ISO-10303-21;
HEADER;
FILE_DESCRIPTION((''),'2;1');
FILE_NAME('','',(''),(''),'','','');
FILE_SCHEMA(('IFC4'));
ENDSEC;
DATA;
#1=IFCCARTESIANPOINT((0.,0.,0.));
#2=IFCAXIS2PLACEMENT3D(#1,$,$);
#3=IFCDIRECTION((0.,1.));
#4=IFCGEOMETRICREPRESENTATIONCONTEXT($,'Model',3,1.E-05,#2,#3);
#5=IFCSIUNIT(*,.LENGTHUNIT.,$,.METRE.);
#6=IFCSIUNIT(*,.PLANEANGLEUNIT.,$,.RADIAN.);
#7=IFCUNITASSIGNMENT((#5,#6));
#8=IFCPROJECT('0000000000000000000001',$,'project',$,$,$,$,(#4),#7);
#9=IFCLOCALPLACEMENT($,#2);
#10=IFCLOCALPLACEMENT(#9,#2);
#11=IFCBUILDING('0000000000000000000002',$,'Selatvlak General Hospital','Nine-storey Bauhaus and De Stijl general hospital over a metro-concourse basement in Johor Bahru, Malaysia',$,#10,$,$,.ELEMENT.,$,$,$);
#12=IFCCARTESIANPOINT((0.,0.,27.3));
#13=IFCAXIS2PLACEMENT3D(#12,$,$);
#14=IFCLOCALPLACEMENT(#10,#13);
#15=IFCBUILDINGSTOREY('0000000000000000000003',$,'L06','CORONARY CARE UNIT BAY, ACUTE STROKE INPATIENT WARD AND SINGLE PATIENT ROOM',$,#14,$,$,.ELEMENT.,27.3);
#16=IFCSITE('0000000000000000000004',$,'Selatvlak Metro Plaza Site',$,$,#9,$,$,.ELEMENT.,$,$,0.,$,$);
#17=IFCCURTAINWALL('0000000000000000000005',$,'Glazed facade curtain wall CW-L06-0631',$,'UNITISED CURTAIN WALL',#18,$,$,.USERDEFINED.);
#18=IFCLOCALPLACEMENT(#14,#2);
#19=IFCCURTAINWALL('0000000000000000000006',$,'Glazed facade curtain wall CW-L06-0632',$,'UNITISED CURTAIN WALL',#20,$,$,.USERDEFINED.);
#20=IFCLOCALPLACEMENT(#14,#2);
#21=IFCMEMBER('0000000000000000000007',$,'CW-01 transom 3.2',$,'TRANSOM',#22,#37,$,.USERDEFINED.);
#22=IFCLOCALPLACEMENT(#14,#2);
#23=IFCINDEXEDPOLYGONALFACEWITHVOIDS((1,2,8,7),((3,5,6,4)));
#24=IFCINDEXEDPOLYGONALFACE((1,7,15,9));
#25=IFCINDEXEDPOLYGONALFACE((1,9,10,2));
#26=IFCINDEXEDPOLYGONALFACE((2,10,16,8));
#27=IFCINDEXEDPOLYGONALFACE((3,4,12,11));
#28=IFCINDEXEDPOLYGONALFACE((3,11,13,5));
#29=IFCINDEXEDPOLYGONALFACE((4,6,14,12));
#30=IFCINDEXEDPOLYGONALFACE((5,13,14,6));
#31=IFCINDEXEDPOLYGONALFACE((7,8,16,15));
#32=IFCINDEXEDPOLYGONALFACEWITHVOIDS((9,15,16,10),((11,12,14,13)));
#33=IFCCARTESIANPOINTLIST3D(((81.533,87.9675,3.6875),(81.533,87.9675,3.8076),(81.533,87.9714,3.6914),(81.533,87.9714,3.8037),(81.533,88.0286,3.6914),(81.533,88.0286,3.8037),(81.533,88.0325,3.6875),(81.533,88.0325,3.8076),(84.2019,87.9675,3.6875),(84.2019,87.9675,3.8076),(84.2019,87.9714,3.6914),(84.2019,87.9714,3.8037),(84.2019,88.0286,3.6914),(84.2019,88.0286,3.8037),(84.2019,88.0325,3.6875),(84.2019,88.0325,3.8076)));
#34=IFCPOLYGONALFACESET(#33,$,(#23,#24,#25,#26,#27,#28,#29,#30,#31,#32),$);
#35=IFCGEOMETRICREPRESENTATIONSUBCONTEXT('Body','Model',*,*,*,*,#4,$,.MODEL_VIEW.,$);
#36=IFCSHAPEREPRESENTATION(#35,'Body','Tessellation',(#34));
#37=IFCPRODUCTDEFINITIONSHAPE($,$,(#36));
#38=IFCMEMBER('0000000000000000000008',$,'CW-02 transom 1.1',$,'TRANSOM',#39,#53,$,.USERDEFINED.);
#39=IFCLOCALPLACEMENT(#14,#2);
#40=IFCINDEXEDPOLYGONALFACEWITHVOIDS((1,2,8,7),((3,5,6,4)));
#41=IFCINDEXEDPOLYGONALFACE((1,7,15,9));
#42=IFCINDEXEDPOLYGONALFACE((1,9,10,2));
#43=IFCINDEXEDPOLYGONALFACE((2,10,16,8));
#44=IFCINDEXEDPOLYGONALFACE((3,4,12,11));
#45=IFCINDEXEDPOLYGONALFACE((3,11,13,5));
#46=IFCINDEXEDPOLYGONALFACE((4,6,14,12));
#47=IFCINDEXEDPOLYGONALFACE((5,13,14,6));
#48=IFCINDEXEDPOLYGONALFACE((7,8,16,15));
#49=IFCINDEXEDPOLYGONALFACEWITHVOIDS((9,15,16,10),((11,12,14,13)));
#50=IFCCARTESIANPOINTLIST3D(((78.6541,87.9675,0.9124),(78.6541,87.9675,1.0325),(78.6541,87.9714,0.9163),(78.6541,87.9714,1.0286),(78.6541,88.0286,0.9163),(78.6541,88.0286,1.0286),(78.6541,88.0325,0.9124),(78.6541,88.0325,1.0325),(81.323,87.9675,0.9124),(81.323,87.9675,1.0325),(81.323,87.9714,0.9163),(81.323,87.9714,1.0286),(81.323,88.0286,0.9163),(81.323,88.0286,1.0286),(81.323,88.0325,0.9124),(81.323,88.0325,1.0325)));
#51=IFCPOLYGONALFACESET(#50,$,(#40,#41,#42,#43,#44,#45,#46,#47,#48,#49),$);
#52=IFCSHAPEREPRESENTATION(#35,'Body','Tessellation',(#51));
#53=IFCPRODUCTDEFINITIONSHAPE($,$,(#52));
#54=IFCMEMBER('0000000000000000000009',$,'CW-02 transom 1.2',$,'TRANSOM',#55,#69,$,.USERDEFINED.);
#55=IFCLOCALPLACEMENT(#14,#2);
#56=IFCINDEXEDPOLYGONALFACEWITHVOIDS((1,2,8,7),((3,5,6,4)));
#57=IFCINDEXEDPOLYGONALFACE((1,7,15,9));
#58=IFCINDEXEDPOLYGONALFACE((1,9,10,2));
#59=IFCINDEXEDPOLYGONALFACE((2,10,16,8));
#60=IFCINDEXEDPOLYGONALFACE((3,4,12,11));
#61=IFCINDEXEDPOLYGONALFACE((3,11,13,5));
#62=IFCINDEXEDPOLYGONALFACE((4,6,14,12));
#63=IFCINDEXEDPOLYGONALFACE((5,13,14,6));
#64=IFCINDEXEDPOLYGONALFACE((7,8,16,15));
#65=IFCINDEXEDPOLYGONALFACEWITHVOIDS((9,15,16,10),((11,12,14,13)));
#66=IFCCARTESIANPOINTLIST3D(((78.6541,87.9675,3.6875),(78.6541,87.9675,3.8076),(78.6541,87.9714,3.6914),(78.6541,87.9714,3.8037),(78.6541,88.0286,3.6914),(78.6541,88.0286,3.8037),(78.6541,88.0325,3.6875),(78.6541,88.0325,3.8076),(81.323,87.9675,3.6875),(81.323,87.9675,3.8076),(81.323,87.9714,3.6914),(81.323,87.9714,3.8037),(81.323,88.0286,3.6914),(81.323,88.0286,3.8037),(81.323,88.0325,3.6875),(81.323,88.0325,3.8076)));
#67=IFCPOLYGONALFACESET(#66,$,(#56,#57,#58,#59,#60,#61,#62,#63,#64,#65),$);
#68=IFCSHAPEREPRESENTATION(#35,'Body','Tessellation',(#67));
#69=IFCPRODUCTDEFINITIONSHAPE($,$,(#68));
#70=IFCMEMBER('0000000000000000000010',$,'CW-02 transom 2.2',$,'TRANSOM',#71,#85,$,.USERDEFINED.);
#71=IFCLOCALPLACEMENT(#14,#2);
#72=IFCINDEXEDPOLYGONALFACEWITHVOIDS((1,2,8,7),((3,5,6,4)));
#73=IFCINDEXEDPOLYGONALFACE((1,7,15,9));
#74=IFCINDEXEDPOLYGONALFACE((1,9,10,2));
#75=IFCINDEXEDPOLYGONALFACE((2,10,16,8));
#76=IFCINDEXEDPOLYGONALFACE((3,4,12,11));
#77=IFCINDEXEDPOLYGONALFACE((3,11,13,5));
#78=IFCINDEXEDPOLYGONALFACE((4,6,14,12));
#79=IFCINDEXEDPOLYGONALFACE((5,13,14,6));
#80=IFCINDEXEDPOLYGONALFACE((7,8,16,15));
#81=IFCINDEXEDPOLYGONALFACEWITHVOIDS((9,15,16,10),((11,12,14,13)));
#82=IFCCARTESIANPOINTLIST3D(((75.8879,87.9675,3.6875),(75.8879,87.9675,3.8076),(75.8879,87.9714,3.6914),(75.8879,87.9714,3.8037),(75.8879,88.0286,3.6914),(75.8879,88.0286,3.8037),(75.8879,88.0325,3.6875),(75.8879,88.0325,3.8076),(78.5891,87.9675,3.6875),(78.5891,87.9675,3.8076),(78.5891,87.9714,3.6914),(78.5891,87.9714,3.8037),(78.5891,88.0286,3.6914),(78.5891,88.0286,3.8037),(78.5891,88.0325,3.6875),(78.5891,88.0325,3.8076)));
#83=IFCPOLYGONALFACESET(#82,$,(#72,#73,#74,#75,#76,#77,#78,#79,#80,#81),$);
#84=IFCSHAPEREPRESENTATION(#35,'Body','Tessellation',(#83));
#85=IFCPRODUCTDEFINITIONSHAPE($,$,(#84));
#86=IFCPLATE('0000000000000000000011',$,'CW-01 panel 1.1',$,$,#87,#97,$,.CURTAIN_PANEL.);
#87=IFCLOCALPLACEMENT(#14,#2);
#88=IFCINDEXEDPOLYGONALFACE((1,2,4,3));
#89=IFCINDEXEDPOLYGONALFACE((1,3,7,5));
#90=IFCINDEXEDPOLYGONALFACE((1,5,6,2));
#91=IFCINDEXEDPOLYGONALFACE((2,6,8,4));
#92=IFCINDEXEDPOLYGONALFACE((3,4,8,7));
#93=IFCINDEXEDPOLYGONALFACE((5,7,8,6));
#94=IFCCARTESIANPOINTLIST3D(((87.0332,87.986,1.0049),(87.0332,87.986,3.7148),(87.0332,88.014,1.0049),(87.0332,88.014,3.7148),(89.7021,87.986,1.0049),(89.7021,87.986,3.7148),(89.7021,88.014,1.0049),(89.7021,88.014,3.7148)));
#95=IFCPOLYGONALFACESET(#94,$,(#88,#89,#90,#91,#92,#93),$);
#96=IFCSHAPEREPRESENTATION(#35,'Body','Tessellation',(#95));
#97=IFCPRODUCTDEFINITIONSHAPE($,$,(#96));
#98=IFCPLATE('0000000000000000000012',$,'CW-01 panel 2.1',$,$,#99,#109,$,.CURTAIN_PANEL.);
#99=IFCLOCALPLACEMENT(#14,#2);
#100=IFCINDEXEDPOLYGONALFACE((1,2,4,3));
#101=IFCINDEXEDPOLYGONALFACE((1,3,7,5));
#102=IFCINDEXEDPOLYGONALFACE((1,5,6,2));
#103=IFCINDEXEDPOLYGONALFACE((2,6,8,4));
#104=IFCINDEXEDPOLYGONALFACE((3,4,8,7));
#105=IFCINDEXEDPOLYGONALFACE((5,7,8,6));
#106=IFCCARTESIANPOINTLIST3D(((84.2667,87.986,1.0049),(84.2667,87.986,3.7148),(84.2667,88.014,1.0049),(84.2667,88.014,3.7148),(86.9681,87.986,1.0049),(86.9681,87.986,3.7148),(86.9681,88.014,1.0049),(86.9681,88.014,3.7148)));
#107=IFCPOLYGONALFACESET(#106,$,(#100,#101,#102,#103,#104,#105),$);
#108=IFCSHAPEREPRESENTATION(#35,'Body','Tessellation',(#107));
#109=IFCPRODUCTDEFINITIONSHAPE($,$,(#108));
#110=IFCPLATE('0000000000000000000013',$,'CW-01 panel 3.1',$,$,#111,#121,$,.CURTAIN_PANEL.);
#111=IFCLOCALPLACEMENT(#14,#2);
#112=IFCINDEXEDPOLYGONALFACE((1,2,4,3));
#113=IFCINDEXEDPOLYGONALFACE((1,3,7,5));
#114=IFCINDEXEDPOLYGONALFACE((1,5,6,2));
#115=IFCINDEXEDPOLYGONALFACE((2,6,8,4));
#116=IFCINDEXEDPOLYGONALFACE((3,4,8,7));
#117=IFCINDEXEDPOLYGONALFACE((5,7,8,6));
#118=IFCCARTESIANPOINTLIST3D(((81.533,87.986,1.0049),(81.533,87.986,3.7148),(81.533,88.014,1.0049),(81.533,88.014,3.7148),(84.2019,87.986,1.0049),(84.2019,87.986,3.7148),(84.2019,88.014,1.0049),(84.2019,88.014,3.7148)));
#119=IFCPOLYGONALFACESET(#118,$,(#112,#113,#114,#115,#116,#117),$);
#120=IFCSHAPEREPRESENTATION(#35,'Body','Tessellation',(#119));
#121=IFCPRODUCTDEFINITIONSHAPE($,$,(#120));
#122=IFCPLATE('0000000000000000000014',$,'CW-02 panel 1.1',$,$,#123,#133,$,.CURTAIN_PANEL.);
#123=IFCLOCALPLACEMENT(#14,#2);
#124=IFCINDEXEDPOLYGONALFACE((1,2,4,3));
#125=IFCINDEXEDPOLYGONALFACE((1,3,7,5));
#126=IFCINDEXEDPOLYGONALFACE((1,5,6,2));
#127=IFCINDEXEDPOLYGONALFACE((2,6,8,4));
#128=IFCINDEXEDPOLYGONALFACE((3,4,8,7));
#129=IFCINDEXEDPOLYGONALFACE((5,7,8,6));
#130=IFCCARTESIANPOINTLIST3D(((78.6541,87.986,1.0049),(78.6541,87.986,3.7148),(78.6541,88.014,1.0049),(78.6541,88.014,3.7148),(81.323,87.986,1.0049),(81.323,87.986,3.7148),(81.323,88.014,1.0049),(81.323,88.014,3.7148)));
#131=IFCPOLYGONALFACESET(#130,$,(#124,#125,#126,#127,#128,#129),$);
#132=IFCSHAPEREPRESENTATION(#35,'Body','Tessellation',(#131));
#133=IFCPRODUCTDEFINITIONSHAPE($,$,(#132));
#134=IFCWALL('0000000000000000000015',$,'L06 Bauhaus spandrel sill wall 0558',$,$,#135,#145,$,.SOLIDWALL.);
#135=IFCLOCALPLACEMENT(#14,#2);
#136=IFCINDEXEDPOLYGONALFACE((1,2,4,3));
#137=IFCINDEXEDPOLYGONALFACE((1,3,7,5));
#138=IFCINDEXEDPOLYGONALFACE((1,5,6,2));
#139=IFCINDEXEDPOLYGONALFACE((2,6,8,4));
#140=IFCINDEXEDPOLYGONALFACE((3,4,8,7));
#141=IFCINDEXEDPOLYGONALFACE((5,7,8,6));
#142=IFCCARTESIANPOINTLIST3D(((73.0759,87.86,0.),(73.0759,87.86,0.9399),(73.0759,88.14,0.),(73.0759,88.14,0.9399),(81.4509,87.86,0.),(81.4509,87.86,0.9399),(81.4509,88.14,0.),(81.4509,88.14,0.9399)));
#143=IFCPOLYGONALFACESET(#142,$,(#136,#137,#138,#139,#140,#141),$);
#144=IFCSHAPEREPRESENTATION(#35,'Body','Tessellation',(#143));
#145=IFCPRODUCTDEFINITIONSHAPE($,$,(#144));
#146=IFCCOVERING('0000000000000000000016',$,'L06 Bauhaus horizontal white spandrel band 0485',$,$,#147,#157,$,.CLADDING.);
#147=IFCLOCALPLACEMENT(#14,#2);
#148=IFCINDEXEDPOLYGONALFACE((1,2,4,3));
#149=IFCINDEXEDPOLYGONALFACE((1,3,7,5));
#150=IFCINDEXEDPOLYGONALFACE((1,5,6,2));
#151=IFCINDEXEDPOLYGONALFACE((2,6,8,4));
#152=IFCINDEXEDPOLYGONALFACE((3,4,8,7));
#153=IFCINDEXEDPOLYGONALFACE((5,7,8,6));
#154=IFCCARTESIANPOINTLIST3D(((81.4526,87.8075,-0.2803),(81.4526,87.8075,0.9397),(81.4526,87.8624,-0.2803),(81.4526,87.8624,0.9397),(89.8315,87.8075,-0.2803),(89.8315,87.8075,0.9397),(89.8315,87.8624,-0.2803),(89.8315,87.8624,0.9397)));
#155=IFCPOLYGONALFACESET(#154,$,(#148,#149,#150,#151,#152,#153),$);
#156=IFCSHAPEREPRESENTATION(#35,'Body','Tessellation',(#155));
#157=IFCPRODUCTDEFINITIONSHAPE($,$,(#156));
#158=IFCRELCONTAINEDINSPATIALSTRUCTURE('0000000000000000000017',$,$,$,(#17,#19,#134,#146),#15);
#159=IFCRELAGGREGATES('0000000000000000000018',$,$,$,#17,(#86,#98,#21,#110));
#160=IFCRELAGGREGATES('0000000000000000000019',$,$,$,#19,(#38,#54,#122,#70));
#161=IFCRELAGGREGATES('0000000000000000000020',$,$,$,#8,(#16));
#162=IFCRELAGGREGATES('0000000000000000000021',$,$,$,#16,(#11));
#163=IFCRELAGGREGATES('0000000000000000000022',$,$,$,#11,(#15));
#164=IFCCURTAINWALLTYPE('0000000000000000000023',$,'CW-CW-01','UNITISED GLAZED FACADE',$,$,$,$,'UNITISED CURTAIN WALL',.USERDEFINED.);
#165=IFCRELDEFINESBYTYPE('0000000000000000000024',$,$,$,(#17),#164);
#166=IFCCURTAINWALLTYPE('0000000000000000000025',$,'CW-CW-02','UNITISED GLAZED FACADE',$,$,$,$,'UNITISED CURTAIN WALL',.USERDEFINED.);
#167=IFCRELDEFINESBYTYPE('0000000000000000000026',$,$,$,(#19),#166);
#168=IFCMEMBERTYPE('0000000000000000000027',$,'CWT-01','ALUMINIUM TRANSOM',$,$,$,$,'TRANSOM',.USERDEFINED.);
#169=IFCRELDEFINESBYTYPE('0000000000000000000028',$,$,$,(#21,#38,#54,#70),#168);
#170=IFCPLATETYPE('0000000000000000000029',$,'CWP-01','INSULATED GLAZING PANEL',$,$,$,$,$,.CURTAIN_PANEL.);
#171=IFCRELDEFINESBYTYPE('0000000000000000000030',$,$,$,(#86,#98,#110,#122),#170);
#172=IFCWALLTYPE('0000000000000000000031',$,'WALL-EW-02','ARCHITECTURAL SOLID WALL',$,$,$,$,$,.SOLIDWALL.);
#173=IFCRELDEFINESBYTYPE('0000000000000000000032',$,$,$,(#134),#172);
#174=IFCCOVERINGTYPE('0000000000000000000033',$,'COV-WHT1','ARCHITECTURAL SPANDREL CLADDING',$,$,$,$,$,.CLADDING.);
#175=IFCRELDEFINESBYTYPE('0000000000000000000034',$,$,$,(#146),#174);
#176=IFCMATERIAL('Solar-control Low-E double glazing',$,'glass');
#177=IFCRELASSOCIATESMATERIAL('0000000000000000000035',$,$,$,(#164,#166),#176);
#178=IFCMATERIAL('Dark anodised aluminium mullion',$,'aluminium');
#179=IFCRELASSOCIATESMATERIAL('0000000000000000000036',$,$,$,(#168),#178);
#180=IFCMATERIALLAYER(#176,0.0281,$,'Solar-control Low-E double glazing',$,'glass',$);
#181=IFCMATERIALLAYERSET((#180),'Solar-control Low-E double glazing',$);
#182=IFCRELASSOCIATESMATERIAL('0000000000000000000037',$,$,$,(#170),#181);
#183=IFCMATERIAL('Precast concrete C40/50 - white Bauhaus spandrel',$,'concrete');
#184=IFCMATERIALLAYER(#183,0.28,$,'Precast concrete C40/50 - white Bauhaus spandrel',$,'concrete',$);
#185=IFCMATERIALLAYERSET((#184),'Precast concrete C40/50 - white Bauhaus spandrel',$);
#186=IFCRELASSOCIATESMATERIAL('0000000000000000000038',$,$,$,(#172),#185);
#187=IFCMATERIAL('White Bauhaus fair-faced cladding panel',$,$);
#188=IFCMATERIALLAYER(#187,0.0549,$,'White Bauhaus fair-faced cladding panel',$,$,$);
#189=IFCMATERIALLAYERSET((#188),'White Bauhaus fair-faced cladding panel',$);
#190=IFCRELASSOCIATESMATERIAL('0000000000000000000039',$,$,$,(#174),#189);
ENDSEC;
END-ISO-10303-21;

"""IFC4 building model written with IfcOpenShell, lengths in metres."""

from ifc_helpers import new_model, si_unit, direction, frame, frame_2d, origin, origin_2d, place, context, subcontext, project, spatial, rectangle, hollow_rectangle, extrude, material, layer, layer_set, material_profile, profile_set, type_object, element, aggregate, save


model = new_model("IFC4")

# Units and contexts
model_context = context("Model", 3, precision=1e-05, world=origin(), true_north=direction((0.0, 1.0)))
body_context = subcontext(model_context, "Body", "Model", "MODEL_VIEW")
ifc_project = project(units=[si_unit("LENGTHUNIT", "METRE"), si_unit("PLANEANGLEUNIT", "RADIAN")], contexts=[model_context])

# Site, building, storey
site_placement = place(None, origin())
site = spatial("IfcSite", under=ifc_project, at=site_placement, Name="Selatvlak Metro Plaza Site", CompositionType="ELEMENT", RefElevation=0.0)
building_placement = place(site_placement, origin())
building = spatial("IfcBuilding", under=site, at=building_placement, Name="Selatvlak General Hospital", Description="Nine-storey Bauhaus and De Stijl general hospital over a metro-concourse basement in Johor Bahru, Malaysia", CompositionType="ELEMENT")
storey_placement = place(building_placement, frame((0.0, 0.0, 27.3)))
storey = spatial("IfcBuildingStorey", under=building, at=storey_placement, Name="L06", Description="CORONARY CARE UNIT BAY, ACUTE STROKE INPATIENT WARD AND SINGLE PATIENT ROOM", CompositionType="ELEMENT", Elevation=27.3)

# Curtain walls
ifc_material_1 = material(Name="Solar-control Low-E double glazing", Category="glass")
curtain_wall_type_1 = type_object("IfcCurtainWallType", Name="CW-CW-01", Description="UNITISED GLAZED FACADE", ElementType="UNITISED CURTAIN WALL", PredefinedType="USERDEFINED", material=ifc_material_1)
curtain_wall_1_placement = place(storey_placement, origin())
curtain_wall_1 = element("IfcCurtainWall", 1, at=curtain_wall_1_placement, inside=storey, type_object=curtain_wall_type_1, Name="Glazed facade curtain wall CW-L06-0631", ObjectType="UNITISED CURTAIN WALL", PredefinedType="USERDEFINED")
ifc_material_2 = material(Name="Dark anodised aluminium mullion", Category="aluminium")
curtain_wall_type_2 = type_object("IfcCurtainWallType", Name="CW-CW-02", Description="UNITISED GLAZED FACADE", ElementType="UNITISED CURTAIN WALL", PredefinedType="USERDEFINED", material=ifc_material_1)
curtain_wall_2_placement = place(storey_placement, origin())
curtain_wall_2 = element("IfcCurtainWall", 2, at=curtain_wall_2_placement, inside=storey, type_object=curtain_wall_type_2, Name="Glazed facade curtain wall CW-L06-0632", ObjectType="UNITISED CURTAIN WALL", PredefinedType="USERDEFINED")

# Members
ifc_material_profile_1 = material_profile(ifc_material_2, hollow_rectangle(XDim=0.0649, YDim=0.1201, WallThickness=0.0039, at=origin_2d()), Name="AL-TRN 65x120x4")
ifc_profile_set_1 = profile_set([ifc_material_profile_1], Name="Dark anodised aluminium mullion")
member_type_1 = type_object("IfcMemberType", Name="CWT-01", Description="ALUMINIUM TRANSOM", ElementType="TRANSOM", PredefinedType="USERDEFINED", material=ifc_profile_set_1)
member_1_placement = place(storey_placement, frame((84.2019, 88.0, 3.7476), z_axis=(-1.0, 0.0, 0.0), x_axis=(0.0, -1.0, 0.0)))
member_1 = element("IfcMember", 3, at=member_1_placement, type_object=member_type_1, Name="CW-01 transom 3.2", ObjectType="TRANSOM", PredefinedType="USERDEFINED", context=body_context, shape_type="SweptSolid", body=[
    extrude(hollow_rectangle(XDim=0.0649, YDim=0.1201, WallThickness=0.0039, at=origin_2d()), origin(), (0.0, 0.0, 1.0), 2.6689),
])
member_2_placement = place(storey_placement, frame((81.323, 88.0, 0.9724), z_axis=(-1.0, 0.0, 0.0), x_axis=(0.0, -1.0, 0.0)))
member_2 = element("IfcMember", 4, at=member_2_placement, type_object=member_type_1, Name="CW-02 transom 1.1", ObjectType="TRANSOM", PredefinedType="USERDEFINED", context=body_context, shape_type="SweptSolid", body=[
    extrude(hollow_rectangle(XDim=0.0649, YDim=0.1201, WallThickness=0.0039, at=origin_2d()), origin(), (0.0, 0.0, 1.0), 2.6689),
])
member_3_placement = place(storey_placement, frame((81.323, 88.0, 3.7476), z_axis=(-1.0, 0.0, 0.0), x_axis=(0.0, -1.0, 0.0)))
member_3 = element("IfcMember", 5, at=member_3_placement, type_object=member_type_1, Name="CW-02 transom 1.2", ObjectType="TRANSOM", PredefinedType="USERDEFINED", context=body_context, shape_type="SweptSolid", body=[
    extrude(hollow_rectangle(XDim=0.0649, YDim=0.1201, WallThickness=0.0039, at=origin_2d()), origin(), (0.0, 0.0, 1.0), 2.6689),
])
member_4_placement = place(storey_placement, frame((78.5891, 88.0, 3.7476), z_axis=(-1.0, 0.0, 0.0), x_axis=(0.0, -1.0, 0.0)))
member_4 = element("IfcMember", 6, at=member_4_placement, type_object=member_type_1, Name="CW-02 transom 2.2", ObjectType="TRANSOM", PredefinedType="USERDEFINED", context=body_context, shape_type="SweptSolid", body=[
    extrude(hollow_rectangle(XDim=0.0649, YDim=0.1201, WallThickness=0.0039, at=origin_2d()), origin(), (0.0, 0.0, 1.0), 2.7012),
])

# Plates
ifc_layer_1 = layer(ifc_material_1, 0.0281, Name="Solar-control Low-E double glazing", Category="glass")
ifc_layer_set_1 = layer_set([ifc_layer_1], Name="Solar-control Low-E double glazing")
plate_type = type_object("IfcPlateType", Name="CWP-01", Description="INSULATED GLAZING PANEL", PredefinedType="CURTAIN_PANEL", material=ifc_layer_set_1)
plate_1_placement = place(storey_placement, frame((88.3677, 88.0, 1.0049), z_axis=(0.0, 0.0, 1.0), x_axis=(-1.0, 0.0, 0.0)))
plate_1 = element("IfcPlate", 7, at=plate_1_placement, type_object=plate_type, Name="CW-01 panel 1.1", PredefinedType="CURTAIN_PANEL", context=body_context, shape_type="SweptSolid", body=[
    extrude(rectangle(XDim=2.6689, YDim=0.0281, at=origin_2d()), origin(), (0.0, 0.0, 1.0), 2.71),
])
plate_2_placement = place(storey_placement, frame((85.6174, 88.0, 1.0049), z_axis=(0.0, 0.0, 1.0), x_axis=(-1.0, 0.0, 0.0)))
plate_2 = element("IfcPlate", 8, at=plate_2_placement, type_object=plate_type, Name="CW-01 panel 2.1", PredefinedType="CURTAIN_PANEL", context=body_context, shape_type="SweptSolid", body=[
    extrude(rectangle(XDim=2.7014, YDim=0.0281, at=origin_2d()), origin(), (0.0, 0.0, 1.0), 2.71),
])
plate_3_placement = place(storey_placement, frame((82.8674, 88.0, 1.0049), z_axis=(0.0, 0.0, 1.0), x_axis=(-1.0, 0.0, 0.0)))
plate_3 = element("IfcPlate", 9, at=plate_3_placement, type_object=plate_type, Name="CW-01 panel 3.1", PredefinedType="CURTAIN_PANEL", context=body_context, shape_type="SweptSolid", body=[
    extrude(rectangle(XDim=2.6689, YDim=0.0281, at=origin_2d()), origin(), (0.0, 0.0, 1.0), 2.71),
])
aggregate(curtain_wall_1, [plate_1, plate_2, member_1, plate_3])
plate_4_placement = place(storey_placement, frame((79.9885, 88.0, 1.0049), z_axis=(0.0, 0.0, 1.0), x_axis=(-1.0, 0.0, 0.0)))
plate_4 = element("IfcPlate", 10, at=plate_4_placement, type_object=plate_type, Name="CW-02 panel 1.1", PredefinedType="CURTAIN_PANEL", context=body_context, shape_type="SweptSolid", body=[
    extrude(rectangle(XDim=2.6689, YDim=0.0281, at=origin_2d()), origin(), (0.0, 0.0, 1.0), 2.71),
])
aggregate(curtain_wall_2, [member_2, member_3, plate_4, member_4])

# Wall
ifc_material_3 = material(Name="Precast concrete C40/50 - white Bauhaus spandrel", Category="concrete")
ifc_layer_2 = layer(ifc_material_3, 0.28, Name="Precast concrete C40/50 - white Bauhaus spandrel", Category="concrete")
ifc_layer_set_2 = layer_set([ifc_layer_2], Name="Precast concrete C40/50 - white Bauhaus spandrel")
wall_type = type_object("IfcWallType", Name="WALL-EW-02", Description="ARCHITECTURAL SOLID WALL", PredefinedType="SOLIDWALL", material=ifc_layer_set_2)
wall_placement = place(storey_placement, frame((81.4509, 88.0, 0.0), z_axis=(0.0, 0.0, 1.0), x_axis=(-1.0, 0.0, 0.0)))
element("IfcWall", 11, at=wall_placement, inside=storey, type_object=wall_type, Name="L06 Bauhaus spandrel sill wall 0558", PredefinedType="SOLIDWALL", context=body_context, shape_type="SweptSolid", body=[
    extrude(rectangle(XDim=8.375, YDim=0.28, at=frame_2d((4.1875, 0.0))), origin(), (0.0, 0.0, 1.0), 0.9399),
])

# Covering
ifc_material_4 = material(Name="White Bauhaus fair-faced cladding panel")
ifc_layer_3 = layer(ifc_material_4, 0.0549, Name="White Bauhaus fair-faced cladding panel")
ifc_layer_set_3 = layer_set([ifc_layer_3], Name="White Bauhaus fair-faced cladding panel")
covering_type = type_object("IfcCoveringType", Name="COV-WHT1", Description="ARCHITECTURAL SPANDREL CLADDING", PredefinedType="CLADDING", material=ifc_layer_set_3)
covering_placement = place(storey_placement, frame((85.6421, 87.835, -0.2803), z_axis=(0.0, 0.0, 1.0), x_axis=(-1.0, 0.0, 0.0)))
element("IfcCovering", 12, at=covering_placement, inside=storey, type_object=covering_type, Name="L06 Bauhaus horizontal white spandrel band 0485", PredefinedType="CLADDING", context=body_context, shape_type="SweptSolid", body=[
    extrude(rectangle(XDim=8.3789, YDim=0.0549, at=origin_2d()), origin(), (0.0, 0.0, 1.0), 1.22),
])

save(model, "model.ifc")
